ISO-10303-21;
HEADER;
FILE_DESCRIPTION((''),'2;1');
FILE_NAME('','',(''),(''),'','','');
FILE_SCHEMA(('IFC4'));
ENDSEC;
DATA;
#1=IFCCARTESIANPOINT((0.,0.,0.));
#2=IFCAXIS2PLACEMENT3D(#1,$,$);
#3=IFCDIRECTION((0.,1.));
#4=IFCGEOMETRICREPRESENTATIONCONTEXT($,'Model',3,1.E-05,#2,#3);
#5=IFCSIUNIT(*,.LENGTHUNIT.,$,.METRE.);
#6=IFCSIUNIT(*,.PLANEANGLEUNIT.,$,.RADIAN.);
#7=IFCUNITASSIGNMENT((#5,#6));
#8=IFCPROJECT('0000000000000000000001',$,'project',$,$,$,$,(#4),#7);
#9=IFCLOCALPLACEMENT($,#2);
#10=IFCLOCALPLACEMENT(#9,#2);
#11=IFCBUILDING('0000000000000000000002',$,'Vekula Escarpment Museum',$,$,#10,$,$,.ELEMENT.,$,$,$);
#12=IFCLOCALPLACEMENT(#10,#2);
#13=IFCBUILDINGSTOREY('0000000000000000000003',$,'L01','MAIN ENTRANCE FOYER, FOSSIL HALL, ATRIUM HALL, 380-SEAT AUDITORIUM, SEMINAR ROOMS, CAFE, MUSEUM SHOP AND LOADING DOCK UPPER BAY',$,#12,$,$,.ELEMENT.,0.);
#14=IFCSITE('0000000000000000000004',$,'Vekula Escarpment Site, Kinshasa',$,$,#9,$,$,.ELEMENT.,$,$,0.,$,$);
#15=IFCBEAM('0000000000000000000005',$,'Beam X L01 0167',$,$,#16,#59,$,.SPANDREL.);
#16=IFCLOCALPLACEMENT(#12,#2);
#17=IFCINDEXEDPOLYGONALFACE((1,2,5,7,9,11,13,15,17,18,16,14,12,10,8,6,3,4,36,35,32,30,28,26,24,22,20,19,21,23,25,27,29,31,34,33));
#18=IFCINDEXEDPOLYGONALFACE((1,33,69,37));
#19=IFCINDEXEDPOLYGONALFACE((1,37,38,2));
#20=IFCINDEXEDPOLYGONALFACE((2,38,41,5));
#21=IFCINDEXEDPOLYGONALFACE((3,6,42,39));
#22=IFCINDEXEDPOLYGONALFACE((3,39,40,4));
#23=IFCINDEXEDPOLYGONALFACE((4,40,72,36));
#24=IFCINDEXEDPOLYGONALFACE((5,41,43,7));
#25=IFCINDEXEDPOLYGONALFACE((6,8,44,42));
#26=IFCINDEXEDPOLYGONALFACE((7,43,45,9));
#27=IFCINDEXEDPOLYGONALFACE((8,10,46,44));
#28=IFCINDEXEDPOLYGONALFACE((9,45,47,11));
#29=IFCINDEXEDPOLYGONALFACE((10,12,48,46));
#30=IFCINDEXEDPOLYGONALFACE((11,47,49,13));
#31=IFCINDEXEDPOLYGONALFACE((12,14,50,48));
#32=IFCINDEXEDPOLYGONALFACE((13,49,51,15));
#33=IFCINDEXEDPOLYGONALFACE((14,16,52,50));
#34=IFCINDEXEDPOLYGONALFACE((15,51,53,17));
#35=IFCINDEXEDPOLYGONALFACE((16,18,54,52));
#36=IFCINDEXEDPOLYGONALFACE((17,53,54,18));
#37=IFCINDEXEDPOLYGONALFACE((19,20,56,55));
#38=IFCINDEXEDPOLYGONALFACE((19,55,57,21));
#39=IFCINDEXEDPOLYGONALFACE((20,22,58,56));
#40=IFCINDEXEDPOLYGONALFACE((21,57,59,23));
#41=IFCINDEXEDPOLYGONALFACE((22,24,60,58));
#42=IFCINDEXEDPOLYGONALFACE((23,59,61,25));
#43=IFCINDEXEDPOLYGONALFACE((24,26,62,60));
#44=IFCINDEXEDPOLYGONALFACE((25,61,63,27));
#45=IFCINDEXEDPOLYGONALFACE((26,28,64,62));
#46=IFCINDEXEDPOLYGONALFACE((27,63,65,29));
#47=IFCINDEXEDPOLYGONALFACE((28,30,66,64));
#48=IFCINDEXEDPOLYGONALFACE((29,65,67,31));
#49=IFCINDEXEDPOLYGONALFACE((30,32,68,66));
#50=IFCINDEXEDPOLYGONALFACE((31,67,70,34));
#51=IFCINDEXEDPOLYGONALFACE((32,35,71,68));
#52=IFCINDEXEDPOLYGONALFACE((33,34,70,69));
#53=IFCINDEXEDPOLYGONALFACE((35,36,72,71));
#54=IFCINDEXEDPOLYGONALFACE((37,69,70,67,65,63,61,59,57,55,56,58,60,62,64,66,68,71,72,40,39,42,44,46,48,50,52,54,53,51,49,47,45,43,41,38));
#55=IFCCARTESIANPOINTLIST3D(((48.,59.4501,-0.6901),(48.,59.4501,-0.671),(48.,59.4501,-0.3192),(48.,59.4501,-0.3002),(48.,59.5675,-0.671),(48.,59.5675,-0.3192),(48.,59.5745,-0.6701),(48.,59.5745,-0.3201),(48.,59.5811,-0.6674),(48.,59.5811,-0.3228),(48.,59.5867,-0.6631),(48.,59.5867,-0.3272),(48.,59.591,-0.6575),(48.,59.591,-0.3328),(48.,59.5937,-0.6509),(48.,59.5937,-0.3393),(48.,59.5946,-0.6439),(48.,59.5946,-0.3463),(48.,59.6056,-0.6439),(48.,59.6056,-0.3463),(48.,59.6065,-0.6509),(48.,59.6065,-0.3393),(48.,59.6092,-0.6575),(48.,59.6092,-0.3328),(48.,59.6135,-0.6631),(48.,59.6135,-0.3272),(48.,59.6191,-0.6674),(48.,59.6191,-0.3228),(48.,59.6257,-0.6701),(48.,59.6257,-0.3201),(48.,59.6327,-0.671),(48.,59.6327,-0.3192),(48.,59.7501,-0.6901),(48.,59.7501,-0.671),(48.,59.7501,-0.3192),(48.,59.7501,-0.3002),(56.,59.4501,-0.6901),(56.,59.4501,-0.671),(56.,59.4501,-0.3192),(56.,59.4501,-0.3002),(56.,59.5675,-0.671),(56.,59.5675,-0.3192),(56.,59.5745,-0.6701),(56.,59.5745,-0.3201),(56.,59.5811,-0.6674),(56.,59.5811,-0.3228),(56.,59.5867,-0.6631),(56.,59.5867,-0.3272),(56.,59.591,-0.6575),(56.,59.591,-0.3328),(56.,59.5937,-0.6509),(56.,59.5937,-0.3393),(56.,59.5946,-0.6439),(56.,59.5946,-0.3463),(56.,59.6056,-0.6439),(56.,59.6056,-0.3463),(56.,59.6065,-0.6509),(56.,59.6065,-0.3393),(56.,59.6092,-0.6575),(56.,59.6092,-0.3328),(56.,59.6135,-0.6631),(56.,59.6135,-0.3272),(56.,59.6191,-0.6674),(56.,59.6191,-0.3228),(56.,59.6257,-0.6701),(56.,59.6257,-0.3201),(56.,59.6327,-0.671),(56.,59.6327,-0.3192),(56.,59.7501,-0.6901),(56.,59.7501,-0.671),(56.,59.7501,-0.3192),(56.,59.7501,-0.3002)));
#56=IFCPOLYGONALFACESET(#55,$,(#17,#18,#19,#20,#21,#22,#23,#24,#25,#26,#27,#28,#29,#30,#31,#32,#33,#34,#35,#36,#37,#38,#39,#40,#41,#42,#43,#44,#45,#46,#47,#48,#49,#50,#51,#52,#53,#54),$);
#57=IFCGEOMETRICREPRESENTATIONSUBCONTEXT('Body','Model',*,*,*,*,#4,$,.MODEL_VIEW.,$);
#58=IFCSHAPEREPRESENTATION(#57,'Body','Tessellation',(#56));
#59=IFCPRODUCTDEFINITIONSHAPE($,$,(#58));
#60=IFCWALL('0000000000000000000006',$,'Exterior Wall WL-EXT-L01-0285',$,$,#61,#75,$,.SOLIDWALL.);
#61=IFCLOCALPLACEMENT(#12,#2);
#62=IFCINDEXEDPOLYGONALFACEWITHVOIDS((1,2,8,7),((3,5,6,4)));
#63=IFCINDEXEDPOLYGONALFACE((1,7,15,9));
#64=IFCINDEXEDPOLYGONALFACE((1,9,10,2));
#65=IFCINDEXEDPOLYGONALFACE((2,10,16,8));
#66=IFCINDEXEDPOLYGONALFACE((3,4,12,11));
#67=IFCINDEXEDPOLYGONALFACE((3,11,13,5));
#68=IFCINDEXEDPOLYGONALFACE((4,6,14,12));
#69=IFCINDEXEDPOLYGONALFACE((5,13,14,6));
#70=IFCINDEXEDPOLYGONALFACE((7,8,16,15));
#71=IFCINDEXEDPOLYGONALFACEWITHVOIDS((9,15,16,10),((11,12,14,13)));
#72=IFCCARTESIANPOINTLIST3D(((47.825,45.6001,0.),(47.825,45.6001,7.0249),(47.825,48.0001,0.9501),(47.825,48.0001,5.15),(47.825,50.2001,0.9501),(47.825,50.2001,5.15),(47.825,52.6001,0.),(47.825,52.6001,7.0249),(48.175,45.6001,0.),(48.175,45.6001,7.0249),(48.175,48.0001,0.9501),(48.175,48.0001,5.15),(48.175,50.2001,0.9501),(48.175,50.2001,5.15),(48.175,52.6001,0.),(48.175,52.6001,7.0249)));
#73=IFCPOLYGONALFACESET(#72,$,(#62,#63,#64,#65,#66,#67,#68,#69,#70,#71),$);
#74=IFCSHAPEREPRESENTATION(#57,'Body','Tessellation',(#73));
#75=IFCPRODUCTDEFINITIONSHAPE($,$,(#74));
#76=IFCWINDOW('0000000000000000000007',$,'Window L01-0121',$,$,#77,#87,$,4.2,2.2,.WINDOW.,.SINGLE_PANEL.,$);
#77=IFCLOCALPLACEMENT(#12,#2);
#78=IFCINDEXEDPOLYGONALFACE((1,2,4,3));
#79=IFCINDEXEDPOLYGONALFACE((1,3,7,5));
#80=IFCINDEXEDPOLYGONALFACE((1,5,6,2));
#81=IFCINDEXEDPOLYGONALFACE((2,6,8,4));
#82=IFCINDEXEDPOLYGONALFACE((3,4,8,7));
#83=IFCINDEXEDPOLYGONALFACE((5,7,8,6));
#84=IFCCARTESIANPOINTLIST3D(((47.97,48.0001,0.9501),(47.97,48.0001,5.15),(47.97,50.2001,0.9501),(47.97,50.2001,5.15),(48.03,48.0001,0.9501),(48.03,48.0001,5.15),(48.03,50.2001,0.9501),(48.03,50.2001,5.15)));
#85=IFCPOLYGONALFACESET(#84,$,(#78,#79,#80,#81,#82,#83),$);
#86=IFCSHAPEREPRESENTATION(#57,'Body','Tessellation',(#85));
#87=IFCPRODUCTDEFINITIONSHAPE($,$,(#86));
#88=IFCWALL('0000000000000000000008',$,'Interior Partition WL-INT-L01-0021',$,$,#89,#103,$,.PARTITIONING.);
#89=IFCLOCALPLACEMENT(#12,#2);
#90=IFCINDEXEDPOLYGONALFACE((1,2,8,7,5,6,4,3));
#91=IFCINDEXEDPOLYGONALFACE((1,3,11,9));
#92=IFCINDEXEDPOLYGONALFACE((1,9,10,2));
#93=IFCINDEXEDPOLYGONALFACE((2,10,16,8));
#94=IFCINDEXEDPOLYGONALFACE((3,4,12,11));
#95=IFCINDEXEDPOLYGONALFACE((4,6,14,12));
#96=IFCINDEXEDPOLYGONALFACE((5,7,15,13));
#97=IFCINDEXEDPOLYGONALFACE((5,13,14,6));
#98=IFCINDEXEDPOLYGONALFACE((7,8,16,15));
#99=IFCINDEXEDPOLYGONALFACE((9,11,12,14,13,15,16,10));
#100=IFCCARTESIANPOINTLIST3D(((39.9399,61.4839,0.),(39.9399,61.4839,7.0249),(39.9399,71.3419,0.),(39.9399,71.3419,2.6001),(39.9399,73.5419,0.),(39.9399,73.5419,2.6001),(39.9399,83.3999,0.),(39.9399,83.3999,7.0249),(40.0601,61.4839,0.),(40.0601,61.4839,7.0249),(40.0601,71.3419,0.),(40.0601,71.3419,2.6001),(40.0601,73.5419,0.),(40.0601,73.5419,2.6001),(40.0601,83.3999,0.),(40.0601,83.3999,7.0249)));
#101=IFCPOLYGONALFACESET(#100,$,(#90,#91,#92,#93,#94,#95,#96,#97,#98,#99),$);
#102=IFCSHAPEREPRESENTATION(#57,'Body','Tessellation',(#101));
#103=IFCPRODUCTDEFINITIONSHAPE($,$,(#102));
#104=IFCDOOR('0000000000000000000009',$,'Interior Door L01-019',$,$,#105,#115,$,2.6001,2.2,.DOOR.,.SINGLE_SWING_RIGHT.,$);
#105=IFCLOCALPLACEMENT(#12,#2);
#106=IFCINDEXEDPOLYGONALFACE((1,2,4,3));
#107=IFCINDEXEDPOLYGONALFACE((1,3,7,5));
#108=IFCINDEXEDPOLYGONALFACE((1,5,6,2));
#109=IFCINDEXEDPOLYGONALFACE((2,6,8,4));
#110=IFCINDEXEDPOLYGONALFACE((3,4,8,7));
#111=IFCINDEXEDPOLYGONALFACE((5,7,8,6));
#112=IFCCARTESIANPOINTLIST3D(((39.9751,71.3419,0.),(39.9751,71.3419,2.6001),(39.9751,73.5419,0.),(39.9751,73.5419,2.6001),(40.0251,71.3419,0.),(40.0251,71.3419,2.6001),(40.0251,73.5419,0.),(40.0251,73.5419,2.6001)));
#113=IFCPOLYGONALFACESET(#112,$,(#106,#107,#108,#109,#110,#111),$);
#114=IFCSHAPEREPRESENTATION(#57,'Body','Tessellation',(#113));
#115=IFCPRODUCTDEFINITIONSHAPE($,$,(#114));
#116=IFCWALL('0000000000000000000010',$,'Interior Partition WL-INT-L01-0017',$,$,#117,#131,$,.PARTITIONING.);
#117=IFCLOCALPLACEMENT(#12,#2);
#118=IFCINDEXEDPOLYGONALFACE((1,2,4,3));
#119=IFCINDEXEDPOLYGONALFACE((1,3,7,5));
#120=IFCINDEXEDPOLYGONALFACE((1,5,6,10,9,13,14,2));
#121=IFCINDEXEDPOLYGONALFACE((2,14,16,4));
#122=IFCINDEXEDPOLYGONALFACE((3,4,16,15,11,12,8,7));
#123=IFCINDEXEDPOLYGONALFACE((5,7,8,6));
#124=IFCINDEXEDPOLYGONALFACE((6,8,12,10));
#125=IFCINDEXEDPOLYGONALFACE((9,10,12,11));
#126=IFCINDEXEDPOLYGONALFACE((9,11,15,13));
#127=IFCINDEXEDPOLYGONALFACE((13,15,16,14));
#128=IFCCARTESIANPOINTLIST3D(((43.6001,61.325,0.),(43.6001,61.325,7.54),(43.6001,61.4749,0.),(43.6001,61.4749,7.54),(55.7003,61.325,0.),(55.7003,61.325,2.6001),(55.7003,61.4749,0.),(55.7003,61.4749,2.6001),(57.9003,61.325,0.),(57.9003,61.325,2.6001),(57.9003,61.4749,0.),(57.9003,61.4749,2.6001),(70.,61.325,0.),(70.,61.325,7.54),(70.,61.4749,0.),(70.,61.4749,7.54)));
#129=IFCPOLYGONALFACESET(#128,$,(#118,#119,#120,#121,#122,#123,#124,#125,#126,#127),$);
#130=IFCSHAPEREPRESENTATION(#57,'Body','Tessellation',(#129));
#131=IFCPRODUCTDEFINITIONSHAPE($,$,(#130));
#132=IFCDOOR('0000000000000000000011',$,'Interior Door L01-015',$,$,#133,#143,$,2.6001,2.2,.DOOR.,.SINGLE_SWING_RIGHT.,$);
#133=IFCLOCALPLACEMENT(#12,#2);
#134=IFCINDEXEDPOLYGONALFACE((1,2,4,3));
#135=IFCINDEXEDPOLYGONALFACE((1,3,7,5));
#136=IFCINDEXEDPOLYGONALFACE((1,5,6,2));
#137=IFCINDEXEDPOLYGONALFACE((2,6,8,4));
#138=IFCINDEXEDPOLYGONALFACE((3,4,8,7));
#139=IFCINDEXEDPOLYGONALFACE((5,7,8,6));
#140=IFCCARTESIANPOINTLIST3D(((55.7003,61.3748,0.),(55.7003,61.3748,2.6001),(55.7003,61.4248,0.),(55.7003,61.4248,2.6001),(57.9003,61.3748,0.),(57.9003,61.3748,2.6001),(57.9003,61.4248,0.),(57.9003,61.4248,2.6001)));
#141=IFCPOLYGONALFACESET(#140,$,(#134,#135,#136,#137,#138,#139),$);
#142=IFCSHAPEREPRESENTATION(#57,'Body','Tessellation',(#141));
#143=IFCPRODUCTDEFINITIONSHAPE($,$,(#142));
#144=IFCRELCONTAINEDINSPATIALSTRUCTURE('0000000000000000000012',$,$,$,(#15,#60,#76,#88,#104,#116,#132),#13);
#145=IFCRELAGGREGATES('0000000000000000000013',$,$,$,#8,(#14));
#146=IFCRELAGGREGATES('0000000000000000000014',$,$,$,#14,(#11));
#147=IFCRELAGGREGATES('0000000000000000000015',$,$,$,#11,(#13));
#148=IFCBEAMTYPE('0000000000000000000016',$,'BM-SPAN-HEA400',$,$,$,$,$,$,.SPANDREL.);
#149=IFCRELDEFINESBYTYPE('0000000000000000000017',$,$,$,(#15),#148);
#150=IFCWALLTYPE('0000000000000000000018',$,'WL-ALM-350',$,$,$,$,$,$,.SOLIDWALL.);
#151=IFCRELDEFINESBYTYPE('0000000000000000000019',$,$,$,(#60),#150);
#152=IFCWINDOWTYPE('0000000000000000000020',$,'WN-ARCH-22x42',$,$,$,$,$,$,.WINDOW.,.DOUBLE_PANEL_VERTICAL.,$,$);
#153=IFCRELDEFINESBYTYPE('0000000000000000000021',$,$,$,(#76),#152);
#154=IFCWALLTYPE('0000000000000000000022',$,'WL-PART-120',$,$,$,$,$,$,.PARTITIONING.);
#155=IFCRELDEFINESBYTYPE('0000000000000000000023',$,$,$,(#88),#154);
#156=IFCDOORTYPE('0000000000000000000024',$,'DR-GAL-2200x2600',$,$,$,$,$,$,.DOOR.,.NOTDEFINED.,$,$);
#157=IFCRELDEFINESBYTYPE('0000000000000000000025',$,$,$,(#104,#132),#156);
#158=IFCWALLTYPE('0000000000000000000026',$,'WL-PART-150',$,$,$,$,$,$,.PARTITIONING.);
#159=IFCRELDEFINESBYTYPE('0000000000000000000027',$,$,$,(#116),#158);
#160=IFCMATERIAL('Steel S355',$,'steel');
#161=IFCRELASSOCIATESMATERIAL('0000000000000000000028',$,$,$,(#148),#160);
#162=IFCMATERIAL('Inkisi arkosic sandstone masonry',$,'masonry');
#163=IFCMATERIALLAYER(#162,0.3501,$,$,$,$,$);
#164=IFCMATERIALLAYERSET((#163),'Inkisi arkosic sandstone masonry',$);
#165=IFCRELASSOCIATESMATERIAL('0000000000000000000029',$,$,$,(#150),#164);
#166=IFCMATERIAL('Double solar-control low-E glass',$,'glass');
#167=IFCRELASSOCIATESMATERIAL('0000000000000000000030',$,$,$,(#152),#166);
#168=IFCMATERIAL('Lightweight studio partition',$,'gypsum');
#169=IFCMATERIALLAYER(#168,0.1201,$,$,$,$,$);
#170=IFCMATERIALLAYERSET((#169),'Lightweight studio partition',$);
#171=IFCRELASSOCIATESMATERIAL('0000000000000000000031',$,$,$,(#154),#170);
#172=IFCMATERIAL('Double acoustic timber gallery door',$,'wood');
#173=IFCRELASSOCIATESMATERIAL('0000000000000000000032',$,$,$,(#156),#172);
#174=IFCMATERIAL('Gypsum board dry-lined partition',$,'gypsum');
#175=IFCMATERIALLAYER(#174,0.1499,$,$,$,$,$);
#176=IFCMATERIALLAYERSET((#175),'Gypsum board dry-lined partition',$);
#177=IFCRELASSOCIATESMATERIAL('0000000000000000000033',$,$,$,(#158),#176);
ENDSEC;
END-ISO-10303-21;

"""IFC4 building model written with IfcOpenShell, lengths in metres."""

from ifc_helpers import new_model, si_unit, direction, frame, frame_2d, origin, origin_2d, place, context, subcontext, project, spatial, rectangle, i_section, extrude, material, layer, layer_set, material_profile, profile_set, type_object, element, fill, save


model = new_model("IFC4")

# Units and contexts
model_context = context("Model", 3, precision=1e-05, world=origin(), true_north=direction((0.0, 1.0)))
body_context = subcontext(model_context, "Body", "Model", "MODEL_VIEW")
ifc_project = project(units=[si_unit("LENGTHUNIT", "METRE"), si_unit("PLANEANGLEUNIT", "RADIAN")], contexts=[model_context])

# Site, building, storey
site_placement = place(None, origin())
site = spatial("IfcSite", under=ifc_project, at=site_placement, Name="Vekula Escarpment Site, Kinshasa", CompositionType="ELEMENT", RefElevation=0.0)
building_placement = place(site_placement, origin())
building = spatial("IfcBuilding", under=site, at=building_placement, Name="Vekula Escarpment Museum", CompositionType="ELEMENT")
storey_placement = place(building_placement, origin())
storey = spatial("IfcBuildingStorey", under=building, at=storey_placement, Name="L01", Description="MAIN ENTRANCE FOYER, FOSSIL HALL, ATRIUM HALL, 380-SEAT AUDITORIUM, SEMINAR ROOMS, CAFE, MUSEUM SHOP AND LOADING DOCK UPPER BAY", CompositionType="ELEMENT", Elevation=0.0)

# Beam
ifc_material_1 = material(Name="Steel S355", Category="steel")
ifc_material_profile_1 = material_profile(ifc_material_1, i_section(OverallWidth=0.3, OverallDepth=0.3899, WebThickness=0.011, FlangeThickness=0.019, FilletRadius=0.0271, at=origin_2d()), Name="HEA 400")
ifc_profile_set_1 = profile_set([ifc_material_profile_1], Name="Steel S355")
beam_type_1 = type_object("IfcBeamType", Name="BM-SPAN-HEA400", PredefinedType="SPANDREL", material=ifc_profile_set_1)
for number, where, z_axis, x_axis, name in (
    (1, (48.0, 59.6001, -0.4951), (1.0, 0.0, 0.0), (0.0, 1.0, 0.0), "Beam X L01 0167"),
):
    element("IfcBeam", number, at=place(storey_placement, frame(where, z_axis=z_axis, x_axis=x_axis)), inside=storey, type_object=beam_type_1, Name=name, PredefinedType="SPANDREL", context=body_context, shape_type="SweptSolid", body=[
        extrude(i_section(OverallWidth=0.3, OverallDepth=0.3899, WebThickness=0.011, FlangeThickness=0.019, FilletRadius=0.0271, at=origin_2d()), origin(), (0.0, 0.0, 1.0), 8.0),
    ])

# Wall, opening, window
ifc_material_2 = material(Name="Inkisi arkosic sandstone masonry", Category="masonry")
ifc_layer_1 = layer(ifc_material_2, 0.3501)
ifc_layer_set_1 = layer_set([ifc_layer_1], Name="Inkisi arkosic sandstone masonry")
wall_type_1 = type_object("IfcWallType", Name="WL-ALM-350", PredefinedType="SOLIDWALL", material=ifc_layer_set_1)
wall_1_placement = place(storey_placement, frame((48.0, 52.6001, 0.0), z_axis=(0.0, 0.0, 1.0), x_axis=(0.0, -1.0, 0.0)))
wall_1 = element("IfcWall", 2, at=wall_1_placement, inside=storey, type_object=wall_type_1, Name="Exterior Wall WL-EXT-L01-0285", PredefinedType="SOLIDWALL", context=body_context, shape_type="SweptSolid", body=[
    extrude(rectangle(XDim=7.0, YDim=0.3501, at=frame_2d((3.5, 0.0))), origin(), (0.0, 0.0, 1.0), 7.0249),
])
opening_1_placement = place(wall_1_placement, frame((2.3999, 0.0, 0.95)))
opening_1 = element("IfcOpeningElement", 3, at=opening_1_placement, cuts=wall_1, PredefinedType="OPENING", context=body_context, shape_type="SweptSolid", body=[
    extrude(rectangle(XDim=2.2, YDim=4.2, at=frame_2d((1.1001, 2.1001))), frame((0.0, 0.1851, 0.0), z_axis=(0.0, -1.0, 0.0), x_axis=(1.0, 0.0, 0.0)), (0.0, 0.0, 1.0), 0.3701),
])
ifc_material_3 = material(Name="Double solar-control low-E glass", Category="glass")
window_type = type_object("IfcWindowType", Name="WN-ARCH-22x42", PartitioningType="DOUBLE_PANEL_VERTICAL", PredefinedType="WINDOW", material=ifc_material_3)
window_placement = place(opening_1_placement, origin())
window = element("IfcWindow", 4, at=window_placement, inside=storey, type_object=window_type, Name="Window L01-0121", OverallHeight=4.2, OverallWidth=2.2, PartitioningType="SINGLE_PANEL", PredefinedType="WINDOW", context=body_context, shape_type="SweptSolid", body=[
    extrude(rectangle(XDim=2.2, YDim=4.2, at=frame_2d((1.1001, 2.1001))), frame((0.0, 0.03, 0.0), z_axis=(0.0, -1.0, 0.0), x_axis=(1.0, 0.0, 0.0)), (0.0, 0.0, 1.0), 0.0601),
])
fill(opening_1, window)

# Walls, openings, doors
ifc_material_4 = material(Name="Lightweight studio partition", Category="gypsum")
ifc_layer_2 = layer(ifc_material_4, 0.1201)
ifc_layer_set_2 = layer_set([ifc_layer_2], Name="Lightweight studio partition")
wall_type_2 = type_object("IfcWallType", Name="WL-PART-120", PredefinedType="PARTITIONING", material=ifc_layer_set_2)
wall_2_placement = place(storey_placement, frame((40.0, 61.4839, 0.0), z_axis=(0.0, 0.0, 1.0), x_axis=(0.0, 1.0, 0.0)))
wall_2 = element("IfcWall", 5, at=wall_2_placement, inside=storey, type_object=wall_type_2, Name="Interior Partition WL-INT-L01-0021", PredefinedType="PARTITIONING", context=body_context, shape_type="SweptSolid", body=[
    extrude(rectangle(XDim=21.916, YDim=0.1201, at=frame_2d((10.958, 0.0))), origin(), (0.0, 0.0, 1.0), 7.0249),
])
opening_2_placement = place(wall_2_placement, frame((9.8579, 0.0, 0.0)))
opening_2 = element("IfcOpeningElement", 6, at=opening_2_placement, cuts=wall_2, PredefinedType="OPENING", context=body_context, shape_type="SweptSolid", body=[
    extrude(rectangle(XDim=2.2, YDim=2.6001, at=frame_2d((1.1001, 1.3))), frame((0.0, 0.0701, 0.0), z_axis=(0.0, -1.0, 0.0), x_axis=(1.0, 0.0, 0.0)), (0.0, 0.0, 1.0), 0.1401),
])
ifc_material_5 = material(Name="Double acoustic timber gallery door", Category="wood")
door_type_1 = type_object("IfcDoorType", Name="DR-GAL-2200x2600", OperationType="NOTDEFINED", PredefinedType="DOOR", material=ifc_material_5)
door_1_placement = place(opening_2_placement, origin())
door_1 = element("IfcDoor", 7, at=door_1_placement, inside=storey, type_object=door_type_1, Name="Interior Door L01-019", OperationType="SINGLE_SWING_RIGHT", OverallHeight=2.6001, OverallWidth=2.2, PredefinedType="DOOR", context=body_context, shape_type="SweptSolid", body=[
    extrude(rectangle(XDim=2.2, YDim=2.6001, at=frame_2d((1.1001, 1.3))), frame((0.0, 0.0249, 0.0), z_axis=(0.0, -1.0, 0.0), x_axis=(1.0, 0.0, 0.0)), (0.0, 0.0, 1.0), 0.05),
])
fill(opening_2, door_1)
ifc_material_6 = material(Name="Gypsum board dry-lined partition", Category="gypsum")
ifc_layer_3 = layer(ifc_material_6, 0.1499)
ifc_layer_set_3 = layer_set([ifc_layer_3], Name="Gypsum board dry-lined partition")
wall_type_3 = type_object("IfcWallType", Name="WL-PART-150", PredefinedType="PARTITIONING", material=ifc_layer_set_3)
wall_3_placement = place(storey_placement, frame((43.6001, 61.3999, 0.0), z_axis=(0.0, 0.0, 1.0), x_axis=(1.0, 0.0, 0.0)))
wall_3 = element("IfcWall", 8, at=wall_3_placement, inside=storey, type_object=wall_type_3, Name="Interior Partition WL-INT-L01-0017", PredefinedType="PARTITIONING", context=body_context, shape_type="SweptSolid", body=[
    extrude(rectangle(XDim=26.3999, YDim=0.1499, at=frame_2d((13.2, 0.0))), origin(), (0.0, 0.0, 1.0), 7.54),
])
opening_3_placement = place(wall_3_placement, frame((12.1001, 0.0, 0.0)))
opening_3 = element("IfcOpeningElement", 9, at=opening_3_placement, cuts=wall_3, PredefinedType="OPENING", context=body_context, shape_type="SweptSolid", body=[
    extrude(rectangle(XDim=2.2, YDim=2.6001, at=frame_2d((1.1001, 1.3))), frame((0.0, 0.085, 0.0), z_axis=(0.0, -1.0, 0.0), x_axis=(1.0, 0.0, 0.0)), (0.0, 0.0, 1.0), 0.1699),
])
door_2_placement = place(opening_3_placement, origin())
door_2 = element("IfcDoor", 10, at=door_2_placement, inside=storey, type_object=door_type_1, Name="Interior Door L01-015", OperationType="SINGLE_SWING_RIGHT", OverallHeight=2.6001, OverallWidth=2.2, PredefinedType="DOOR", context=body_context, shape_type="SweptSolid", body=[
    extrude(rectangle(XDim=2.2, YDim=2.6001, at=frame_2d((1.1001, 1.3))), frame((0.0, 0.0249, 0.0), z_axis=(0.0, -1.0, 0.0), x_axis=(1.0, 0.0, 0.0)), (0.0, 0.0, 1.0), 0.05),
])
fill(opening_3, door_2)

save(model, "model.ifc")
